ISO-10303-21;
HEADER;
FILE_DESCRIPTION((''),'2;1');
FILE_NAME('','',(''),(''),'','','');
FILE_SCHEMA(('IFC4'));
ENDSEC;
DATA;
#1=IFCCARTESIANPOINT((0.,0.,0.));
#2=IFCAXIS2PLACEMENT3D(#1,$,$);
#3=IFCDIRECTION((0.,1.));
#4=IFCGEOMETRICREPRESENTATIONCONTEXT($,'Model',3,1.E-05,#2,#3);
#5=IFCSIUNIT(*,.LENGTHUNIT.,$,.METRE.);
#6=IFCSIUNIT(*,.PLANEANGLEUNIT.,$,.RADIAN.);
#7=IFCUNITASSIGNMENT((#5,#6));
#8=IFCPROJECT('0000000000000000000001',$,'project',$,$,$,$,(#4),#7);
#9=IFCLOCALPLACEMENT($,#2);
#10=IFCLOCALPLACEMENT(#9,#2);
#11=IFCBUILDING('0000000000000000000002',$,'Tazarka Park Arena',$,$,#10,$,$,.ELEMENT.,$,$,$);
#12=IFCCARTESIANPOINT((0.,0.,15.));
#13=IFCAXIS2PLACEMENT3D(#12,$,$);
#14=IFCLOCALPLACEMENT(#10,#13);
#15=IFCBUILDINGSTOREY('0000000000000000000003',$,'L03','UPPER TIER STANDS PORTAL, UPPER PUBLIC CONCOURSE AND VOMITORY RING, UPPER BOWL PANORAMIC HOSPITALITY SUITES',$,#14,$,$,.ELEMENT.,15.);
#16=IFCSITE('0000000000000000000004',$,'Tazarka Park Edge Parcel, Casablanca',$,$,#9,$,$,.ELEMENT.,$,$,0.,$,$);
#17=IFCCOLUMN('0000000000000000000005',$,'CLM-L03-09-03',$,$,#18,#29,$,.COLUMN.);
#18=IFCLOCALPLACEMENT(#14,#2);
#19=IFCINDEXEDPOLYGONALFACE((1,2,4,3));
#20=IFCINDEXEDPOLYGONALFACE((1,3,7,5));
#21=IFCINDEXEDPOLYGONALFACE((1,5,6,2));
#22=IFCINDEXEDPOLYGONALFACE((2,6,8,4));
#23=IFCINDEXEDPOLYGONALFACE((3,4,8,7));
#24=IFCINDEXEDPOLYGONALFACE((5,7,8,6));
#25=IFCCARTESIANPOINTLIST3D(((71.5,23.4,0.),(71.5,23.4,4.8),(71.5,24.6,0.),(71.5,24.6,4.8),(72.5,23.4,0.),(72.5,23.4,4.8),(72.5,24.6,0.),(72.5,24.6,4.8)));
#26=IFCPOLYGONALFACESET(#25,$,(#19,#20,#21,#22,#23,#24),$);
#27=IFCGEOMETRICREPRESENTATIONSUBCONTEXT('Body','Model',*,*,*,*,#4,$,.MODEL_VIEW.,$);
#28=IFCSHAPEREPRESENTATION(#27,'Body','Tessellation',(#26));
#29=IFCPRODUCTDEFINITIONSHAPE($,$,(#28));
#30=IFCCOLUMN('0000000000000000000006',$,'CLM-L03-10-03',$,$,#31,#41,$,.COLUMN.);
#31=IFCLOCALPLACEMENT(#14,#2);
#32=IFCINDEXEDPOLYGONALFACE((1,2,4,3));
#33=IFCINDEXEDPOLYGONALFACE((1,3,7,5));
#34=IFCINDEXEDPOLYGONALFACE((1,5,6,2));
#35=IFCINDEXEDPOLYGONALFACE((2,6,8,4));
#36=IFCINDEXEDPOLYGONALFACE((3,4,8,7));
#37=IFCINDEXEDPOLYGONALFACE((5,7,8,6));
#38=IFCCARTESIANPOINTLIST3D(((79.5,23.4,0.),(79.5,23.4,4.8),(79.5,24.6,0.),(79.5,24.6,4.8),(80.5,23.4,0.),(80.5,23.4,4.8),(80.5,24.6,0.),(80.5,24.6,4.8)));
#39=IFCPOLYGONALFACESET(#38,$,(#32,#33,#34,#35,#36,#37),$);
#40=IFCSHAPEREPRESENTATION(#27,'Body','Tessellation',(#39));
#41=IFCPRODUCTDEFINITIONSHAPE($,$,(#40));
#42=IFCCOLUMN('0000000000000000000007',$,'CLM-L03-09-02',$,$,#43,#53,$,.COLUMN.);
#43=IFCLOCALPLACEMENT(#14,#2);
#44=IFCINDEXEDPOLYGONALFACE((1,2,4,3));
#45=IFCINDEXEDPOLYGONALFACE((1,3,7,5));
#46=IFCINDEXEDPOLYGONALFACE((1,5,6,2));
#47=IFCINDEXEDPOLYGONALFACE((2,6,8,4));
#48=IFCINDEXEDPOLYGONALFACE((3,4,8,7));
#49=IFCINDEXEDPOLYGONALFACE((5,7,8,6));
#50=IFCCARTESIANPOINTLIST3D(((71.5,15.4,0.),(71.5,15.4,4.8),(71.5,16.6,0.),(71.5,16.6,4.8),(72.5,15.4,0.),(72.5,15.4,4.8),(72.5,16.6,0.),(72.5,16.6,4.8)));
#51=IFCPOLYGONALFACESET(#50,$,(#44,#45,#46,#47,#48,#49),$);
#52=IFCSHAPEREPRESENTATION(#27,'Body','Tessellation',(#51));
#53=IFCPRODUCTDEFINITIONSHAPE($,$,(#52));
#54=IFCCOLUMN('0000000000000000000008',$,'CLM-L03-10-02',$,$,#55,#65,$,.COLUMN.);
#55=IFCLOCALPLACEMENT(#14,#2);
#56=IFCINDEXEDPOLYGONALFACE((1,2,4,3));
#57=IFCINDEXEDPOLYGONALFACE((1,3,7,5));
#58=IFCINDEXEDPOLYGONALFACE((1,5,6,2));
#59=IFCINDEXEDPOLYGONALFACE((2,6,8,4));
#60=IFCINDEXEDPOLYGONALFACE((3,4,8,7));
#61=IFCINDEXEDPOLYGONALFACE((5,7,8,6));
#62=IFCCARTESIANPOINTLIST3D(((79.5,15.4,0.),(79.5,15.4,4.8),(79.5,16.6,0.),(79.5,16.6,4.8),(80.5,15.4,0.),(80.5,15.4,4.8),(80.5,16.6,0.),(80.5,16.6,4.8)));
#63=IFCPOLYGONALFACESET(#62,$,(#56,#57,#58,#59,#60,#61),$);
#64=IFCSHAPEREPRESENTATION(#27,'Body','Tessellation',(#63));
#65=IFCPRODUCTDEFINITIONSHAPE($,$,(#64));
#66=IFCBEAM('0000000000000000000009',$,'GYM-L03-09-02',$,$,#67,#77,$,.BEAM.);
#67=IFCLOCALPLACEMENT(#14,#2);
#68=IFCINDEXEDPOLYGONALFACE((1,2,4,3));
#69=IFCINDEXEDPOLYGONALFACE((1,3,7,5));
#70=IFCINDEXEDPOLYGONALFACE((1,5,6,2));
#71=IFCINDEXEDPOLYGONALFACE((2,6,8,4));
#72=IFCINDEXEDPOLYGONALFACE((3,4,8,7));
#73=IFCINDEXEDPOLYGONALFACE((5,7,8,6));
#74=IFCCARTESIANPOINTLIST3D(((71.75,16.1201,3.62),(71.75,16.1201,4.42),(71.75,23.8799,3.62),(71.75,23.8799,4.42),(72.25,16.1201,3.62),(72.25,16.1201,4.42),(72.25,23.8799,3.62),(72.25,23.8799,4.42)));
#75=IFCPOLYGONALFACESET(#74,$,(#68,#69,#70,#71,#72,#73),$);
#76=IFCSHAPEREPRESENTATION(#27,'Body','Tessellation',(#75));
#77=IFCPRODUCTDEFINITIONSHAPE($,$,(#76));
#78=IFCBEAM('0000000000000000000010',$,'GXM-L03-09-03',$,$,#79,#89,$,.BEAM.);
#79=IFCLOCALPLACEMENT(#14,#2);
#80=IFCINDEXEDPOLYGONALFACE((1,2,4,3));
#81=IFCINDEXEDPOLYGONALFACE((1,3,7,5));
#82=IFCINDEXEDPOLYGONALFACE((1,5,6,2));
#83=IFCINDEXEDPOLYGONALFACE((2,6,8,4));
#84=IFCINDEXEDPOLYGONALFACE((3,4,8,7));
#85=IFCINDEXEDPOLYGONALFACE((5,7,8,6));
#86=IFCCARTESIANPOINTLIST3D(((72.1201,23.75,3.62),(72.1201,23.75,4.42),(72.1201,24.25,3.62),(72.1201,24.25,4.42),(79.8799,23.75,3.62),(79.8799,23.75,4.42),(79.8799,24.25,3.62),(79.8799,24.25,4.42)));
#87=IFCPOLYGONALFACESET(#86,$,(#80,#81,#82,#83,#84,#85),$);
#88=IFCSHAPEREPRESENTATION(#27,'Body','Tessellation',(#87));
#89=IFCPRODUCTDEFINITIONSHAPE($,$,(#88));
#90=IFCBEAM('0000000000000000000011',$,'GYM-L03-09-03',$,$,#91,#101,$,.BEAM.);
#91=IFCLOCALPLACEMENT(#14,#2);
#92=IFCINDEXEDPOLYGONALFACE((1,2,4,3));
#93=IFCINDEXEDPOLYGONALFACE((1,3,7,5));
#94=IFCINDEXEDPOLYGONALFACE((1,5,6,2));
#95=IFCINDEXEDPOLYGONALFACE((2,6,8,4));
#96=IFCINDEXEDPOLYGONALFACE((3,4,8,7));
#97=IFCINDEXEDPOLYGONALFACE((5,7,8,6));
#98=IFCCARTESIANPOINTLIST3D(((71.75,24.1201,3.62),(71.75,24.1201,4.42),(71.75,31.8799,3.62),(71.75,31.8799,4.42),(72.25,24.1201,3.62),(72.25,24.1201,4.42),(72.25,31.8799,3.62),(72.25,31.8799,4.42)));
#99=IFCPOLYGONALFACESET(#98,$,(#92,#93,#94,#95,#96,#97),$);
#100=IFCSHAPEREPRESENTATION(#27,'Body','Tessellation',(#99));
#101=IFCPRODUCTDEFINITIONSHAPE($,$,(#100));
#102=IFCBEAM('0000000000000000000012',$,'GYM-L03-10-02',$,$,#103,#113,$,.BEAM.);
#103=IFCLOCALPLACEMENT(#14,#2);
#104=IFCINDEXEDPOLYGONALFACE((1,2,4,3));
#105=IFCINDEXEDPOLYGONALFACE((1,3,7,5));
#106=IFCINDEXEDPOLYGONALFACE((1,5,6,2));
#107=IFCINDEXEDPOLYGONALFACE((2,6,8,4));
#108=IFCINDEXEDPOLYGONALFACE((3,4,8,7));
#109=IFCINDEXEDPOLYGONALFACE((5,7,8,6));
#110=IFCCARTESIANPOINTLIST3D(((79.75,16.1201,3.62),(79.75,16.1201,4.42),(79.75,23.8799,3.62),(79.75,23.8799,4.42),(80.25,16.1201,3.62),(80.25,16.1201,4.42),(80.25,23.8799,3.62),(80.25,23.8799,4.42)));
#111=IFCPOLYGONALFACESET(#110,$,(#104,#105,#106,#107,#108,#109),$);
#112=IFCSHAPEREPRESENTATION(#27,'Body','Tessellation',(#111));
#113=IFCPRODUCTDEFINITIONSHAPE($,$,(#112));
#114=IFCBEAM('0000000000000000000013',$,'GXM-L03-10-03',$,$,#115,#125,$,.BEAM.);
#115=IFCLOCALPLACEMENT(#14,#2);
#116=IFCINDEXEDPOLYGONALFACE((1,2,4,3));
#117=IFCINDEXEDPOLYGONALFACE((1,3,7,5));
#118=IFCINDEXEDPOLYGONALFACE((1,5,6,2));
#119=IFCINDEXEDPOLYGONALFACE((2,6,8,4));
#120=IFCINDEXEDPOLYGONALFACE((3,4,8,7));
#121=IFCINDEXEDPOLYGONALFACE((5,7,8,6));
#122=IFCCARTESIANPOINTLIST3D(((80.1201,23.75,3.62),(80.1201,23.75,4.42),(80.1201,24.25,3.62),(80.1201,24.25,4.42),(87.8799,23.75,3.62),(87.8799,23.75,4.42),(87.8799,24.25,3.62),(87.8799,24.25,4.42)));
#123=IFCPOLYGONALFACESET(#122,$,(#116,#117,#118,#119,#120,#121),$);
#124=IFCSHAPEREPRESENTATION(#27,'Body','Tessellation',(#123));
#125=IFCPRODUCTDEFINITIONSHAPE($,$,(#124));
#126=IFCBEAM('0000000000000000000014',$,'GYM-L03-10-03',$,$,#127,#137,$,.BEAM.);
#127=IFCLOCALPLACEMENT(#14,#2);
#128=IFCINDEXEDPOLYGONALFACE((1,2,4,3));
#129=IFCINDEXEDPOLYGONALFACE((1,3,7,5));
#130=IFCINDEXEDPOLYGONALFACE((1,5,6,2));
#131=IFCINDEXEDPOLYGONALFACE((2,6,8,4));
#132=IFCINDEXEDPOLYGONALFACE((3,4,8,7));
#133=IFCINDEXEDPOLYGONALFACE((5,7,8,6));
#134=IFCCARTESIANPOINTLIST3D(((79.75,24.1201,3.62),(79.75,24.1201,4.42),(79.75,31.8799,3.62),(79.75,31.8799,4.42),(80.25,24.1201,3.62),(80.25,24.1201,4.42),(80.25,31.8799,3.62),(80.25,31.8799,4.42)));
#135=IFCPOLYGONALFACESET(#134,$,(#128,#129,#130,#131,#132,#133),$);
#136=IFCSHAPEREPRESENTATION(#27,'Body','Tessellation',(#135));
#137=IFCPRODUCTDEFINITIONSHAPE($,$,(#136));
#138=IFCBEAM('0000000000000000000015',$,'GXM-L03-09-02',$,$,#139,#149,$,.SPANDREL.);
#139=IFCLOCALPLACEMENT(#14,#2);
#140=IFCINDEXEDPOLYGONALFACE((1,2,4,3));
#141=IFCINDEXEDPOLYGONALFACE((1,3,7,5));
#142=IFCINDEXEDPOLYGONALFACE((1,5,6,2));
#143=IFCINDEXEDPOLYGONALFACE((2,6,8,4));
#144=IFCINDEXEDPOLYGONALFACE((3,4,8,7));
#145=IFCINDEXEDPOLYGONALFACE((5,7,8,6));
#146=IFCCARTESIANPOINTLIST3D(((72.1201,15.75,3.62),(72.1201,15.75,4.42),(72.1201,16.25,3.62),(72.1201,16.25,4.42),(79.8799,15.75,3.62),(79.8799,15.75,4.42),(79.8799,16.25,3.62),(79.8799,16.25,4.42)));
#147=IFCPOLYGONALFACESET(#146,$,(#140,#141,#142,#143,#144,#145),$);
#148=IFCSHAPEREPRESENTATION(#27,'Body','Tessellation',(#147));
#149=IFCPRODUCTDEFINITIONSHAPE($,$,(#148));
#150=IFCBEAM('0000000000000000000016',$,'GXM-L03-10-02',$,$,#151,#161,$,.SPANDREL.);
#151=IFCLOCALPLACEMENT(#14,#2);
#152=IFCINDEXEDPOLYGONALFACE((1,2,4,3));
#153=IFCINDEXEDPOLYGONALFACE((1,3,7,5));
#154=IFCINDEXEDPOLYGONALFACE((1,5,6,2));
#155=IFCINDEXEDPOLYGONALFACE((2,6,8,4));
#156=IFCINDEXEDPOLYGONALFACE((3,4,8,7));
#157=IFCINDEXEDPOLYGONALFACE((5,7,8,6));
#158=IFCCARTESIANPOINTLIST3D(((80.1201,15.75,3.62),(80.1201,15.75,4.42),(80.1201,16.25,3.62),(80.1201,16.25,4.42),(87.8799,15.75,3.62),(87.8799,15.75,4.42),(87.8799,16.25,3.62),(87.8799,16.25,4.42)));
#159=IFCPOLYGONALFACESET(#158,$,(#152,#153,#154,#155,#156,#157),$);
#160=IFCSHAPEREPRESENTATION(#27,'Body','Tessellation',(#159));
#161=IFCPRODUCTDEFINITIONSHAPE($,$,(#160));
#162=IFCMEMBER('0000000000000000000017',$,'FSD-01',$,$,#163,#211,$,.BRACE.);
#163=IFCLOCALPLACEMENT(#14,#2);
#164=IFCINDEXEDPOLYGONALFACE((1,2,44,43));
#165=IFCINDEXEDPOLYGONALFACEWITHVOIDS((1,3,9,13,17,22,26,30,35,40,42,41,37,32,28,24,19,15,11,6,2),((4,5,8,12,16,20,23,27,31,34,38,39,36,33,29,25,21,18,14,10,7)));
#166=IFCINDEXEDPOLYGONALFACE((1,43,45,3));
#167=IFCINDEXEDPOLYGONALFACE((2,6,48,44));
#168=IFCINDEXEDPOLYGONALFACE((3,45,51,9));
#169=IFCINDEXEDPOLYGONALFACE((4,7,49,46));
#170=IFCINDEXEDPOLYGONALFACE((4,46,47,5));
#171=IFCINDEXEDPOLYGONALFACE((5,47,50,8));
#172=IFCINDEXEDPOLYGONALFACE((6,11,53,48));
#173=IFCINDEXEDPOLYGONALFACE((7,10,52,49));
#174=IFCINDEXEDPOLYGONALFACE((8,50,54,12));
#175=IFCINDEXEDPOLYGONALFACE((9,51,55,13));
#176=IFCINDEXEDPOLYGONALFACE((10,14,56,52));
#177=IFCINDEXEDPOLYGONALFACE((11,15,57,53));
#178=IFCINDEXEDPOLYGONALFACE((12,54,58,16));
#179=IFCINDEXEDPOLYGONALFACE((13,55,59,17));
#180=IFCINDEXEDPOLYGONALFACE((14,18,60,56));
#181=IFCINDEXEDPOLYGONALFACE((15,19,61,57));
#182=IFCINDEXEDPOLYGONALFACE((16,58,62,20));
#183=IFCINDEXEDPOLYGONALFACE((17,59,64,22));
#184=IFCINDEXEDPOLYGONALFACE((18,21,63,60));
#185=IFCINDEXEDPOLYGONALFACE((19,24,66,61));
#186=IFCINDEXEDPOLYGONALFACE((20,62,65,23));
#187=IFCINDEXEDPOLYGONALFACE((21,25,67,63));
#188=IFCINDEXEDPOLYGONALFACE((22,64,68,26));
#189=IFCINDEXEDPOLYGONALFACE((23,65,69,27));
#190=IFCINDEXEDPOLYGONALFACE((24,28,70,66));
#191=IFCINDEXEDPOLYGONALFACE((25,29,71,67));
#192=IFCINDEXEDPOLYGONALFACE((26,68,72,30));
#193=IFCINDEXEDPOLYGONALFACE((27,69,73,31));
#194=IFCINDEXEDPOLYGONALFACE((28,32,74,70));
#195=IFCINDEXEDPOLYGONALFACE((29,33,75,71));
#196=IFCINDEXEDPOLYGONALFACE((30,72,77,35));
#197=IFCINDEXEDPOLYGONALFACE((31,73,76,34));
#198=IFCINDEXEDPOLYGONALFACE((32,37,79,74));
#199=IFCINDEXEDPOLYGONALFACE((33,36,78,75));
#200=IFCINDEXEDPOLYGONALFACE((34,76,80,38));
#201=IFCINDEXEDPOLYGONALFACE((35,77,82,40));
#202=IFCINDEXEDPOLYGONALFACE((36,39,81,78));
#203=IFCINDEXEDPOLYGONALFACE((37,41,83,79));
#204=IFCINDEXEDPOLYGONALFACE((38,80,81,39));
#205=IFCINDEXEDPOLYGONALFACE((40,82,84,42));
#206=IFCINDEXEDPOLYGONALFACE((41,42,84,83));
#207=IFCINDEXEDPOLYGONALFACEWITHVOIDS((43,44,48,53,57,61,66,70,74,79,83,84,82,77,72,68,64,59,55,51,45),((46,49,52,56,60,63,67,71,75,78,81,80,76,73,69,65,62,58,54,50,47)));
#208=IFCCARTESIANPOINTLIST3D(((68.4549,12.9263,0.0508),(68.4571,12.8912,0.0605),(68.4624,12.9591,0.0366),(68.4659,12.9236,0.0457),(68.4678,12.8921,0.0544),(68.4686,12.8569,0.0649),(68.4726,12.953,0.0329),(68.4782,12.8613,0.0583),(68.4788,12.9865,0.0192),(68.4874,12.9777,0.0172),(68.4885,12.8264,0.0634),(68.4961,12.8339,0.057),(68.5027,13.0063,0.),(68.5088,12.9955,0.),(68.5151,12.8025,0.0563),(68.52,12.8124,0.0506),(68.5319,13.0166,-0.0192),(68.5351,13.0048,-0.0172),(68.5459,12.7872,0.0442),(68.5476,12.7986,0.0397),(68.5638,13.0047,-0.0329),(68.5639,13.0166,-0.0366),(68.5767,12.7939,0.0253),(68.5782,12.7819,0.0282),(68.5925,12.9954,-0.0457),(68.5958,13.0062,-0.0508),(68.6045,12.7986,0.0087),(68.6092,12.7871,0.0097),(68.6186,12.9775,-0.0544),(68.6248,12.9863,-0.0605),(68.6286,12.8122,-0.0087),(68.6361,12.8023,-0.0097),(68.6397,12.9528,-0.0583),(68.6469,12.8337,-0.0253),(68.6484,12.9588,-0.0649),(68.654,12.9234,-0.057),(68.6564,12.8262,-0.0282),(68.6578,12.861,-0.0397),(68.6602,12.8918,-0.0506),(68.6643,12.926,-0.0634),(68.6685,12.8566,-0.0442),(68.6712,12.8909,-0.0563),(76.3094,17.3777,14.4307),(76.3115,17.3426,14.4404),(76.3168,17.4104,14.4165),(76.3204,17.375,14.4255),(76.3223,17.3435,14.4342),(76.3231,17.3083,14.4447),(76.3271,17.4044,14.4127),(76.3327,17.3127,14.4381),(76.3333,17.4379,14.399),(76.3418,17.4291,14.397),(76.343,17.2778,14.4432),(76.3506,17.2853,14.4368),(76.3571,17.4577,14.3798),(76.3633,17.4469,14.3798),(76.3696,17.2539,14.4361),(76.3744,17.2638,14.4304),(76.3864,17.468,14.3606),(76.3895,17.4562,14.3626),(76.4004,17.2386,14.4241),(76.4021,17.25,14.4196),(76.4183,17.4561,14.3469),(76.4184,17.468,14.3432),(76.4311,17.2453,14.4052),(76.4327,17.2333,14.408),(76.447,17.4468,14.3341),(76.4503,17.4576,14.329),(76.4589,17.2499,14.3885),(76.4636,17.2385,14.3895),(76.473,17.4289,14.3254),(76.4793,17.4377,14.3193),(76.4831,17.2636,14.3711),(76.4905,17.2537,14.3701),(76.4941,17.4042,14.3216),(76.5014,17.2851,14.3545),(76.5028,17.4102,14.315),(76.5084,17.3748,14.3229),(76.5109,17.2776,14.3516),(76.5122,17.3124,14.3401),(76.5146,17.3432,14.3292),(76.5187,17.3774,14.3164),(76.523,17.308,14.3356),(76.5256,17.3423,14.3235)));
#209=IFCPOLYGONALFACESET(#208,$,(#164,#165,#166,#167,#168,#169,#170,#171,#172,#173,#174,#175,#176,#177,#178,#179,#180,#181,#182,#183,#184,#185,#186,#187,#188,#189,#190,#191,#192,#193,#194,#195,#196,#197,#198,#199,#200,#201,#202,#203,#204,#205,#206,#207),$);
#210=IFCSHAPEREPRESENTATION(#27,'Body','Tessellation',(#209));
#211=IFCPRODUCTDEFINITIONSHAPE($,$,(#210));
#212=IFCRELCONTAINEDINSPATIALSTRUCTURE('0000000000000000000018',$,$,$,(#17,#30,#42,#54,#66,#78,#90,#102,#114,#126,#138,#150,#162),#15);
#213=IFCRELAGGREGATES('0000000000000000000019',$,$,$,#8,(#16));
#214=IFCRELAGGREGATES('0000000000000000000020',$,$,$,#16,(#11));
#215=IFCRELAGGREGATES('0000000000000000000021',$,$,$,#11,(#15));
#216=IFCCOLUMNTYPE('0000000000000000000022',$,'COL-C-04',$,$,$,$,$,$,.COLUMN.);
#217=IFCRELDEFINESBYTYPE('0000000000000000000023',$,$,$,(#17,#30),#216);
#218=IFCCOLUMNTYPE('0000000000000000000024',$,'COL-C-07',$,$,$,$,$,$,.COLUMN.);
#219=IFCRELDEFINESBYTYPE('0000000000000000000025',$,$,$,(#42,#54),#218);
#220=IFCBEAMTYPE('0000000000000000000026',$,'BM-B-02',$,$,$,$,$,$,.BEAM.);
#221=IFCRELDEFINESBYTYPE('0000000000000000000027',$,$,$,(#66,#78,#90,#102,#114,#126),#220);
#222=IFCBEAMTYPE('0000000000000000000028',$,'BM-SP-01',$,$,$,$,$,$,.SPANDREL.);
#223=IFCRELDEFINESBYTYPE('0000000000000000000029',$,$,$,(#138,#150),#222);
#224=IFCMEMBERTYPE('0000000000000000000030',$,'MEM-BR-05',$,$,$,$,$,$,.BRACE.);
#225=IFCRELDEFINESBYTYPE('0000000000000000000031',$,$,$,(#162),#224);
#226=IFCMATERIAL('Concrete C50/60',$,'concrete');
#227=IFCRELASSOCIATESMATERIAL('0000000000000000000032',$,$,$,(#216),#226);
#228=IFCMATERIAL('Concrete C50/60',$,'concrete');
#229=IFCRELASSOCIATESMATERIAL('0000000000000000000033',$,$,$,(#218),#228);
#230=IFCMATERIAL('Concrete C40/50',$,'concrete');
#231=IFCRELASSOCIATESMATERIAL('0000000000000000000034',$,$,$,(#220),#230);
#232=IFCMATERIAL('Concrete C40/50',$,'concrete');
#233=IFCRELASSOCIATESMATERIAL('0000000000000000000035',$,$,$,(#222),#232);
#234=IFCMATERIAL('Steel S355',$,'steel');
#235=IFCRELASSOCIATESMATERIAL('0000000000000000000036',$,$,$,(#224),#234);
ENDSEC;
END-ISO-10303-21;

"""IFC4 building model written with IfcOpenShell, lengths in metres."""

from ifc_helpers import new_model, si_unit, direction, frame, origin, origin_2d, place, context, subcontext, project, spatial, rectangle, hollow_circle, extrude, material, material_profile, profile_set, type_object, element, save


model = new_model("IFC4")

# Units and contexts
model_context = context("Model", 3, precision=1e-05, world=origin(), true_north=direction((0.0, 1.0)))
body_context = subcontext(model_context, "Body", "Model", "MODEL_VIEW")
ifc_project = project(units=[si_unit("LENGTHUNIT", "METRE"), si_unit("PLANEANGLEUNIT", "RADIAN")], contexts=[model_context])

# Site, building, storey
site_placement = place(None, origin())
site = spatial("IfcSite", under=ifc_project, at=site_placement, Name="Tazarka Park Edge Parcel, Casablanca", CompositionType="ELEMENT", RefElevation=0.0)
building_placement = place(site_placement, origin())
building = spatial("IfcBuilding", under=site, at=building_placement, Name="Tazarka Park Arena", CompositionType="ELEMENT")
storey_placement = place(building_placement, frame((0.0, 0.0, 15.0)))
storey = spatial("IfcBuildingStorey", under=building, at=storey_placement, Name="L03", Description="UPPER TIER STANDS PORTAL, UPPER PUBLIC CONCOURSE AND VOMITORY RING, UPPER BOWL PANORAMIC HOSPITALITY SUITES", CompositionType="ELEMENT", Elevation=15.0)

# Columns
ifc_material_1 = material(Name="Concrete C50/60", Category="concrete")
ifc_material_profile_1 = material_profile(ifc_material_1, rectangle(XDim=1.0, YDim=1.2, at=origin_2d()), Name="Concrete C50/60")
ifc_profile_set_1 = profile_set([ifc_material_profile_1], Name="Concrete C50/60")
column_type_1 = type_object("IfcColumnType", Name="COL-C-04", PredefinedType="COLUMN", material=ifc_profile_set_1)
for number, where, z_axis, x_axis, name in (
    (1, (72.0, 24.0, 0.0), (0.0, 0.0, 1.0), (1.0, 0.0, 0.0), "CLM-L03-09-03"),
    (2, (80.0, 24.0, 0.0), (0.0, 0.0, 1.0), (1.0, 0.0, 0.0), "CLM-L03-10-03"),
):
    element("IfcColumn", number, at=place(storey_placement, frame(where, z_axis=z_axis, x_axis=x_axis)), inside=storey, type_object=column_type_1, Name=name, PredefinedType="COLUMN", context=body_context, shape_type="SweptSolid", body=[
        extrude(rectangle(XDim=1.0, YDim=1.2, at=origin_2d()), origin(), (0.0, 0.0, 1.0), 4.8),
    ])
ifc_material_2 = material(Name="Concrete C50/60", Category="concrete")
ifc_material_profile_2 = material_profile(ifc_material_2, rectangle(XDim=1.0, YDim=1.2, at=origin_2d()), Name="Concrete C50/60")
ifc_profile_set_2 = profile_set([ifc_material_profile_2], Name="Concrete C50/60")
column_type_2 = type_object("IfcColumnType", Name="COL-C-07", PredefinedType="COLUMN", material=ifc_profile_set_2)
for number, where, z_axis, x_axis, name in (
    (3, (72.0, 16.0, 0.0), (0.0, 0.0, 1.0), (1.0, 0.0, 0.0), "CLM-L03-09-02"),
    (4, (80.0, 16.0, 0.0), (0.0, 0.0, 1.0), (1.0, 0.0, 0.0), "CLM-L03-10-02"),
):
    element("IfcColumn", number, at=place(storey_placement, frame(where, z_axis=z_axis, x_axis=x_axis)), inside=storey, type_object=column_type_2, Name=name, PredefinedType="COLUMN", context=body_context, shape_type="SweptSolid", body=[
        extrude(rectangle(XDim=1.0, YDim=1.2, at=origin_2d()), origin(), (0.0, 0.0, 1.0), 4.8),
    ])

# Beams
ifc_material_3 = material(Name="Concrete C40/50", Category="concrete")
ifc_material_profile_3 = material_profile(ifc_material_3, rectangle(XDim=0.5, YDim=0.8, at=origin_2d()), Name="Concrete C40/50")
ifc_profile_set_3 = profile_set([ifc_material_profile_3], Name="Concrete C40/50")
beam_type_1 = type_object("IfcBeamType", Name="BM-B-02", PredefinedType="BEAM", material=ifc_profile_set_3)
for number, where, z_axis, x_axis, name in (
    (5, (72.0, 16.1201, 4.02), (0.0, 1.0, 0.0), (-1.0, 0.0, 0.0), "GYM-L03-09-02"),
    (6, (72.1201, 24.0, 4.02), (1.0, 0.0, 0.0), (0.0, 1.0, 0.0), "GXM-L03-09-03"),
    (7, (72.0, 24.1201, 4.02), (0.0, 1.0, 0.0), (-1.0, 0.0, 0.0), "GYM-L03-09-03"),
    (8, (80.0, 16.1201, 4.02), (0.0, 1.0, 0.0), (-1.0, 0.0, 0.0), "GYM-L03-10-02"),
    (9, (80.1201, 24.0, 4.02), (1.0, 0.0, 0.0), (0.0, 1.0, 0.0), "GXM-L03-10-03"),
    (10, (80.0, 24.1201, 4.02), (0.0, 1.0, 0.0), (-1.0, 0.0, 0.0), "GYM-L03-10-03"),
):
    element("IfcBeam", number, at=place(storey_placement, frame(where, z_axis=z_axis, x_axis=x_axis)), inside=storey, type_object=beam_type_1, Name=name, PredefinedType="BEAM", context=body_context, shape_type="SweptSolid", body=[
        extrude(rectangle(XDim=0.5, YDim=0.8, at=origin_2d()), origin(), (0.0, 0.0, 1.0), 7.7598),
    ])
ifc_material_4 = material(Name="Concrete C40/50", Category="concrete")
ifc_material_profile_4 = material_profile(ifc_material_4, rectangle(XDim=0.5, YDim=0.8, at=origin_2d()), Name="Concrete C40/50")
ifc_profile_set_4 = profile_set([ifc_material_profile_4], Name="Concrete C40/50")
beam_type_2 = type_object("IfcBeamType", Name="BM-SP-01", PredefinedType="SPANDREL", material=ifc_profile_set_4)
for number, where, z_axis, x_axis, name in (
    (11, (72.1201, 16.0, 4.02), (1.0, 0.0, 0.0), (0.0, 1.0, 0.0), "GXM-L03-09-02"),
    (12, (80.1201, 16.0, 4.02), (1.0, 0.0, 0.0), (0.0, 1.0, 0.0), "GXM-L03-10-02"),
):
    element("IfcBeam", number, at=place(storey_placement, frame(where, z_axis=z_axis, x_axis=x_axis)), inside=storey, type_object=beam_type_2, Name=name, PredefinedType="SPANDREL", context=body_context, shape_type="SweptSolid", body=[
        extrude(rectangle(XDim=0.5, YDim=0.8, at=origin_2d()), origin(), (0.0, 0.0, 1.0), 7.7598),
    ])

# Member
ifc_material_5 = material(Name="Steel S355", Category="steel")
ifc_material_profile_5 = material_profile(ifc_material_5, hollow_circle(Radius=0.1223, WallThickness=0.0125, at=origin_2d()), Name="Steel S355")
ifc_profile_set_5 = profile_set([ifc_material_profile_5], Name="Steel S355")
member_type_1 = type_object("IfcMemberType", Name="MEM-BR-05", PredefinedType="BRACE", material=ifc_profile_set_5)
member_1_placement = place(storey_placement, frame((68.563, 12.8999, 0.0), z_axis=(0.462598, 0.262171, 0.846918), x_axis=(-0.493058, 0.869997, 0.0)))
element("IfcMember", 13, at=member_1_placement, inside=storey, type_object=member_type_1, Name="FSD-01", PredefinedType="BRACE", context=body_context, shape_type="SweptSolid", body=[
    extrude(hollow_circle(Radius=0.1223, WallThickness=0.0125, at=origin_2d()), origin(), (0.0, 0.0, 1.0), 16.979),
])

save(model, "model.ifc")
